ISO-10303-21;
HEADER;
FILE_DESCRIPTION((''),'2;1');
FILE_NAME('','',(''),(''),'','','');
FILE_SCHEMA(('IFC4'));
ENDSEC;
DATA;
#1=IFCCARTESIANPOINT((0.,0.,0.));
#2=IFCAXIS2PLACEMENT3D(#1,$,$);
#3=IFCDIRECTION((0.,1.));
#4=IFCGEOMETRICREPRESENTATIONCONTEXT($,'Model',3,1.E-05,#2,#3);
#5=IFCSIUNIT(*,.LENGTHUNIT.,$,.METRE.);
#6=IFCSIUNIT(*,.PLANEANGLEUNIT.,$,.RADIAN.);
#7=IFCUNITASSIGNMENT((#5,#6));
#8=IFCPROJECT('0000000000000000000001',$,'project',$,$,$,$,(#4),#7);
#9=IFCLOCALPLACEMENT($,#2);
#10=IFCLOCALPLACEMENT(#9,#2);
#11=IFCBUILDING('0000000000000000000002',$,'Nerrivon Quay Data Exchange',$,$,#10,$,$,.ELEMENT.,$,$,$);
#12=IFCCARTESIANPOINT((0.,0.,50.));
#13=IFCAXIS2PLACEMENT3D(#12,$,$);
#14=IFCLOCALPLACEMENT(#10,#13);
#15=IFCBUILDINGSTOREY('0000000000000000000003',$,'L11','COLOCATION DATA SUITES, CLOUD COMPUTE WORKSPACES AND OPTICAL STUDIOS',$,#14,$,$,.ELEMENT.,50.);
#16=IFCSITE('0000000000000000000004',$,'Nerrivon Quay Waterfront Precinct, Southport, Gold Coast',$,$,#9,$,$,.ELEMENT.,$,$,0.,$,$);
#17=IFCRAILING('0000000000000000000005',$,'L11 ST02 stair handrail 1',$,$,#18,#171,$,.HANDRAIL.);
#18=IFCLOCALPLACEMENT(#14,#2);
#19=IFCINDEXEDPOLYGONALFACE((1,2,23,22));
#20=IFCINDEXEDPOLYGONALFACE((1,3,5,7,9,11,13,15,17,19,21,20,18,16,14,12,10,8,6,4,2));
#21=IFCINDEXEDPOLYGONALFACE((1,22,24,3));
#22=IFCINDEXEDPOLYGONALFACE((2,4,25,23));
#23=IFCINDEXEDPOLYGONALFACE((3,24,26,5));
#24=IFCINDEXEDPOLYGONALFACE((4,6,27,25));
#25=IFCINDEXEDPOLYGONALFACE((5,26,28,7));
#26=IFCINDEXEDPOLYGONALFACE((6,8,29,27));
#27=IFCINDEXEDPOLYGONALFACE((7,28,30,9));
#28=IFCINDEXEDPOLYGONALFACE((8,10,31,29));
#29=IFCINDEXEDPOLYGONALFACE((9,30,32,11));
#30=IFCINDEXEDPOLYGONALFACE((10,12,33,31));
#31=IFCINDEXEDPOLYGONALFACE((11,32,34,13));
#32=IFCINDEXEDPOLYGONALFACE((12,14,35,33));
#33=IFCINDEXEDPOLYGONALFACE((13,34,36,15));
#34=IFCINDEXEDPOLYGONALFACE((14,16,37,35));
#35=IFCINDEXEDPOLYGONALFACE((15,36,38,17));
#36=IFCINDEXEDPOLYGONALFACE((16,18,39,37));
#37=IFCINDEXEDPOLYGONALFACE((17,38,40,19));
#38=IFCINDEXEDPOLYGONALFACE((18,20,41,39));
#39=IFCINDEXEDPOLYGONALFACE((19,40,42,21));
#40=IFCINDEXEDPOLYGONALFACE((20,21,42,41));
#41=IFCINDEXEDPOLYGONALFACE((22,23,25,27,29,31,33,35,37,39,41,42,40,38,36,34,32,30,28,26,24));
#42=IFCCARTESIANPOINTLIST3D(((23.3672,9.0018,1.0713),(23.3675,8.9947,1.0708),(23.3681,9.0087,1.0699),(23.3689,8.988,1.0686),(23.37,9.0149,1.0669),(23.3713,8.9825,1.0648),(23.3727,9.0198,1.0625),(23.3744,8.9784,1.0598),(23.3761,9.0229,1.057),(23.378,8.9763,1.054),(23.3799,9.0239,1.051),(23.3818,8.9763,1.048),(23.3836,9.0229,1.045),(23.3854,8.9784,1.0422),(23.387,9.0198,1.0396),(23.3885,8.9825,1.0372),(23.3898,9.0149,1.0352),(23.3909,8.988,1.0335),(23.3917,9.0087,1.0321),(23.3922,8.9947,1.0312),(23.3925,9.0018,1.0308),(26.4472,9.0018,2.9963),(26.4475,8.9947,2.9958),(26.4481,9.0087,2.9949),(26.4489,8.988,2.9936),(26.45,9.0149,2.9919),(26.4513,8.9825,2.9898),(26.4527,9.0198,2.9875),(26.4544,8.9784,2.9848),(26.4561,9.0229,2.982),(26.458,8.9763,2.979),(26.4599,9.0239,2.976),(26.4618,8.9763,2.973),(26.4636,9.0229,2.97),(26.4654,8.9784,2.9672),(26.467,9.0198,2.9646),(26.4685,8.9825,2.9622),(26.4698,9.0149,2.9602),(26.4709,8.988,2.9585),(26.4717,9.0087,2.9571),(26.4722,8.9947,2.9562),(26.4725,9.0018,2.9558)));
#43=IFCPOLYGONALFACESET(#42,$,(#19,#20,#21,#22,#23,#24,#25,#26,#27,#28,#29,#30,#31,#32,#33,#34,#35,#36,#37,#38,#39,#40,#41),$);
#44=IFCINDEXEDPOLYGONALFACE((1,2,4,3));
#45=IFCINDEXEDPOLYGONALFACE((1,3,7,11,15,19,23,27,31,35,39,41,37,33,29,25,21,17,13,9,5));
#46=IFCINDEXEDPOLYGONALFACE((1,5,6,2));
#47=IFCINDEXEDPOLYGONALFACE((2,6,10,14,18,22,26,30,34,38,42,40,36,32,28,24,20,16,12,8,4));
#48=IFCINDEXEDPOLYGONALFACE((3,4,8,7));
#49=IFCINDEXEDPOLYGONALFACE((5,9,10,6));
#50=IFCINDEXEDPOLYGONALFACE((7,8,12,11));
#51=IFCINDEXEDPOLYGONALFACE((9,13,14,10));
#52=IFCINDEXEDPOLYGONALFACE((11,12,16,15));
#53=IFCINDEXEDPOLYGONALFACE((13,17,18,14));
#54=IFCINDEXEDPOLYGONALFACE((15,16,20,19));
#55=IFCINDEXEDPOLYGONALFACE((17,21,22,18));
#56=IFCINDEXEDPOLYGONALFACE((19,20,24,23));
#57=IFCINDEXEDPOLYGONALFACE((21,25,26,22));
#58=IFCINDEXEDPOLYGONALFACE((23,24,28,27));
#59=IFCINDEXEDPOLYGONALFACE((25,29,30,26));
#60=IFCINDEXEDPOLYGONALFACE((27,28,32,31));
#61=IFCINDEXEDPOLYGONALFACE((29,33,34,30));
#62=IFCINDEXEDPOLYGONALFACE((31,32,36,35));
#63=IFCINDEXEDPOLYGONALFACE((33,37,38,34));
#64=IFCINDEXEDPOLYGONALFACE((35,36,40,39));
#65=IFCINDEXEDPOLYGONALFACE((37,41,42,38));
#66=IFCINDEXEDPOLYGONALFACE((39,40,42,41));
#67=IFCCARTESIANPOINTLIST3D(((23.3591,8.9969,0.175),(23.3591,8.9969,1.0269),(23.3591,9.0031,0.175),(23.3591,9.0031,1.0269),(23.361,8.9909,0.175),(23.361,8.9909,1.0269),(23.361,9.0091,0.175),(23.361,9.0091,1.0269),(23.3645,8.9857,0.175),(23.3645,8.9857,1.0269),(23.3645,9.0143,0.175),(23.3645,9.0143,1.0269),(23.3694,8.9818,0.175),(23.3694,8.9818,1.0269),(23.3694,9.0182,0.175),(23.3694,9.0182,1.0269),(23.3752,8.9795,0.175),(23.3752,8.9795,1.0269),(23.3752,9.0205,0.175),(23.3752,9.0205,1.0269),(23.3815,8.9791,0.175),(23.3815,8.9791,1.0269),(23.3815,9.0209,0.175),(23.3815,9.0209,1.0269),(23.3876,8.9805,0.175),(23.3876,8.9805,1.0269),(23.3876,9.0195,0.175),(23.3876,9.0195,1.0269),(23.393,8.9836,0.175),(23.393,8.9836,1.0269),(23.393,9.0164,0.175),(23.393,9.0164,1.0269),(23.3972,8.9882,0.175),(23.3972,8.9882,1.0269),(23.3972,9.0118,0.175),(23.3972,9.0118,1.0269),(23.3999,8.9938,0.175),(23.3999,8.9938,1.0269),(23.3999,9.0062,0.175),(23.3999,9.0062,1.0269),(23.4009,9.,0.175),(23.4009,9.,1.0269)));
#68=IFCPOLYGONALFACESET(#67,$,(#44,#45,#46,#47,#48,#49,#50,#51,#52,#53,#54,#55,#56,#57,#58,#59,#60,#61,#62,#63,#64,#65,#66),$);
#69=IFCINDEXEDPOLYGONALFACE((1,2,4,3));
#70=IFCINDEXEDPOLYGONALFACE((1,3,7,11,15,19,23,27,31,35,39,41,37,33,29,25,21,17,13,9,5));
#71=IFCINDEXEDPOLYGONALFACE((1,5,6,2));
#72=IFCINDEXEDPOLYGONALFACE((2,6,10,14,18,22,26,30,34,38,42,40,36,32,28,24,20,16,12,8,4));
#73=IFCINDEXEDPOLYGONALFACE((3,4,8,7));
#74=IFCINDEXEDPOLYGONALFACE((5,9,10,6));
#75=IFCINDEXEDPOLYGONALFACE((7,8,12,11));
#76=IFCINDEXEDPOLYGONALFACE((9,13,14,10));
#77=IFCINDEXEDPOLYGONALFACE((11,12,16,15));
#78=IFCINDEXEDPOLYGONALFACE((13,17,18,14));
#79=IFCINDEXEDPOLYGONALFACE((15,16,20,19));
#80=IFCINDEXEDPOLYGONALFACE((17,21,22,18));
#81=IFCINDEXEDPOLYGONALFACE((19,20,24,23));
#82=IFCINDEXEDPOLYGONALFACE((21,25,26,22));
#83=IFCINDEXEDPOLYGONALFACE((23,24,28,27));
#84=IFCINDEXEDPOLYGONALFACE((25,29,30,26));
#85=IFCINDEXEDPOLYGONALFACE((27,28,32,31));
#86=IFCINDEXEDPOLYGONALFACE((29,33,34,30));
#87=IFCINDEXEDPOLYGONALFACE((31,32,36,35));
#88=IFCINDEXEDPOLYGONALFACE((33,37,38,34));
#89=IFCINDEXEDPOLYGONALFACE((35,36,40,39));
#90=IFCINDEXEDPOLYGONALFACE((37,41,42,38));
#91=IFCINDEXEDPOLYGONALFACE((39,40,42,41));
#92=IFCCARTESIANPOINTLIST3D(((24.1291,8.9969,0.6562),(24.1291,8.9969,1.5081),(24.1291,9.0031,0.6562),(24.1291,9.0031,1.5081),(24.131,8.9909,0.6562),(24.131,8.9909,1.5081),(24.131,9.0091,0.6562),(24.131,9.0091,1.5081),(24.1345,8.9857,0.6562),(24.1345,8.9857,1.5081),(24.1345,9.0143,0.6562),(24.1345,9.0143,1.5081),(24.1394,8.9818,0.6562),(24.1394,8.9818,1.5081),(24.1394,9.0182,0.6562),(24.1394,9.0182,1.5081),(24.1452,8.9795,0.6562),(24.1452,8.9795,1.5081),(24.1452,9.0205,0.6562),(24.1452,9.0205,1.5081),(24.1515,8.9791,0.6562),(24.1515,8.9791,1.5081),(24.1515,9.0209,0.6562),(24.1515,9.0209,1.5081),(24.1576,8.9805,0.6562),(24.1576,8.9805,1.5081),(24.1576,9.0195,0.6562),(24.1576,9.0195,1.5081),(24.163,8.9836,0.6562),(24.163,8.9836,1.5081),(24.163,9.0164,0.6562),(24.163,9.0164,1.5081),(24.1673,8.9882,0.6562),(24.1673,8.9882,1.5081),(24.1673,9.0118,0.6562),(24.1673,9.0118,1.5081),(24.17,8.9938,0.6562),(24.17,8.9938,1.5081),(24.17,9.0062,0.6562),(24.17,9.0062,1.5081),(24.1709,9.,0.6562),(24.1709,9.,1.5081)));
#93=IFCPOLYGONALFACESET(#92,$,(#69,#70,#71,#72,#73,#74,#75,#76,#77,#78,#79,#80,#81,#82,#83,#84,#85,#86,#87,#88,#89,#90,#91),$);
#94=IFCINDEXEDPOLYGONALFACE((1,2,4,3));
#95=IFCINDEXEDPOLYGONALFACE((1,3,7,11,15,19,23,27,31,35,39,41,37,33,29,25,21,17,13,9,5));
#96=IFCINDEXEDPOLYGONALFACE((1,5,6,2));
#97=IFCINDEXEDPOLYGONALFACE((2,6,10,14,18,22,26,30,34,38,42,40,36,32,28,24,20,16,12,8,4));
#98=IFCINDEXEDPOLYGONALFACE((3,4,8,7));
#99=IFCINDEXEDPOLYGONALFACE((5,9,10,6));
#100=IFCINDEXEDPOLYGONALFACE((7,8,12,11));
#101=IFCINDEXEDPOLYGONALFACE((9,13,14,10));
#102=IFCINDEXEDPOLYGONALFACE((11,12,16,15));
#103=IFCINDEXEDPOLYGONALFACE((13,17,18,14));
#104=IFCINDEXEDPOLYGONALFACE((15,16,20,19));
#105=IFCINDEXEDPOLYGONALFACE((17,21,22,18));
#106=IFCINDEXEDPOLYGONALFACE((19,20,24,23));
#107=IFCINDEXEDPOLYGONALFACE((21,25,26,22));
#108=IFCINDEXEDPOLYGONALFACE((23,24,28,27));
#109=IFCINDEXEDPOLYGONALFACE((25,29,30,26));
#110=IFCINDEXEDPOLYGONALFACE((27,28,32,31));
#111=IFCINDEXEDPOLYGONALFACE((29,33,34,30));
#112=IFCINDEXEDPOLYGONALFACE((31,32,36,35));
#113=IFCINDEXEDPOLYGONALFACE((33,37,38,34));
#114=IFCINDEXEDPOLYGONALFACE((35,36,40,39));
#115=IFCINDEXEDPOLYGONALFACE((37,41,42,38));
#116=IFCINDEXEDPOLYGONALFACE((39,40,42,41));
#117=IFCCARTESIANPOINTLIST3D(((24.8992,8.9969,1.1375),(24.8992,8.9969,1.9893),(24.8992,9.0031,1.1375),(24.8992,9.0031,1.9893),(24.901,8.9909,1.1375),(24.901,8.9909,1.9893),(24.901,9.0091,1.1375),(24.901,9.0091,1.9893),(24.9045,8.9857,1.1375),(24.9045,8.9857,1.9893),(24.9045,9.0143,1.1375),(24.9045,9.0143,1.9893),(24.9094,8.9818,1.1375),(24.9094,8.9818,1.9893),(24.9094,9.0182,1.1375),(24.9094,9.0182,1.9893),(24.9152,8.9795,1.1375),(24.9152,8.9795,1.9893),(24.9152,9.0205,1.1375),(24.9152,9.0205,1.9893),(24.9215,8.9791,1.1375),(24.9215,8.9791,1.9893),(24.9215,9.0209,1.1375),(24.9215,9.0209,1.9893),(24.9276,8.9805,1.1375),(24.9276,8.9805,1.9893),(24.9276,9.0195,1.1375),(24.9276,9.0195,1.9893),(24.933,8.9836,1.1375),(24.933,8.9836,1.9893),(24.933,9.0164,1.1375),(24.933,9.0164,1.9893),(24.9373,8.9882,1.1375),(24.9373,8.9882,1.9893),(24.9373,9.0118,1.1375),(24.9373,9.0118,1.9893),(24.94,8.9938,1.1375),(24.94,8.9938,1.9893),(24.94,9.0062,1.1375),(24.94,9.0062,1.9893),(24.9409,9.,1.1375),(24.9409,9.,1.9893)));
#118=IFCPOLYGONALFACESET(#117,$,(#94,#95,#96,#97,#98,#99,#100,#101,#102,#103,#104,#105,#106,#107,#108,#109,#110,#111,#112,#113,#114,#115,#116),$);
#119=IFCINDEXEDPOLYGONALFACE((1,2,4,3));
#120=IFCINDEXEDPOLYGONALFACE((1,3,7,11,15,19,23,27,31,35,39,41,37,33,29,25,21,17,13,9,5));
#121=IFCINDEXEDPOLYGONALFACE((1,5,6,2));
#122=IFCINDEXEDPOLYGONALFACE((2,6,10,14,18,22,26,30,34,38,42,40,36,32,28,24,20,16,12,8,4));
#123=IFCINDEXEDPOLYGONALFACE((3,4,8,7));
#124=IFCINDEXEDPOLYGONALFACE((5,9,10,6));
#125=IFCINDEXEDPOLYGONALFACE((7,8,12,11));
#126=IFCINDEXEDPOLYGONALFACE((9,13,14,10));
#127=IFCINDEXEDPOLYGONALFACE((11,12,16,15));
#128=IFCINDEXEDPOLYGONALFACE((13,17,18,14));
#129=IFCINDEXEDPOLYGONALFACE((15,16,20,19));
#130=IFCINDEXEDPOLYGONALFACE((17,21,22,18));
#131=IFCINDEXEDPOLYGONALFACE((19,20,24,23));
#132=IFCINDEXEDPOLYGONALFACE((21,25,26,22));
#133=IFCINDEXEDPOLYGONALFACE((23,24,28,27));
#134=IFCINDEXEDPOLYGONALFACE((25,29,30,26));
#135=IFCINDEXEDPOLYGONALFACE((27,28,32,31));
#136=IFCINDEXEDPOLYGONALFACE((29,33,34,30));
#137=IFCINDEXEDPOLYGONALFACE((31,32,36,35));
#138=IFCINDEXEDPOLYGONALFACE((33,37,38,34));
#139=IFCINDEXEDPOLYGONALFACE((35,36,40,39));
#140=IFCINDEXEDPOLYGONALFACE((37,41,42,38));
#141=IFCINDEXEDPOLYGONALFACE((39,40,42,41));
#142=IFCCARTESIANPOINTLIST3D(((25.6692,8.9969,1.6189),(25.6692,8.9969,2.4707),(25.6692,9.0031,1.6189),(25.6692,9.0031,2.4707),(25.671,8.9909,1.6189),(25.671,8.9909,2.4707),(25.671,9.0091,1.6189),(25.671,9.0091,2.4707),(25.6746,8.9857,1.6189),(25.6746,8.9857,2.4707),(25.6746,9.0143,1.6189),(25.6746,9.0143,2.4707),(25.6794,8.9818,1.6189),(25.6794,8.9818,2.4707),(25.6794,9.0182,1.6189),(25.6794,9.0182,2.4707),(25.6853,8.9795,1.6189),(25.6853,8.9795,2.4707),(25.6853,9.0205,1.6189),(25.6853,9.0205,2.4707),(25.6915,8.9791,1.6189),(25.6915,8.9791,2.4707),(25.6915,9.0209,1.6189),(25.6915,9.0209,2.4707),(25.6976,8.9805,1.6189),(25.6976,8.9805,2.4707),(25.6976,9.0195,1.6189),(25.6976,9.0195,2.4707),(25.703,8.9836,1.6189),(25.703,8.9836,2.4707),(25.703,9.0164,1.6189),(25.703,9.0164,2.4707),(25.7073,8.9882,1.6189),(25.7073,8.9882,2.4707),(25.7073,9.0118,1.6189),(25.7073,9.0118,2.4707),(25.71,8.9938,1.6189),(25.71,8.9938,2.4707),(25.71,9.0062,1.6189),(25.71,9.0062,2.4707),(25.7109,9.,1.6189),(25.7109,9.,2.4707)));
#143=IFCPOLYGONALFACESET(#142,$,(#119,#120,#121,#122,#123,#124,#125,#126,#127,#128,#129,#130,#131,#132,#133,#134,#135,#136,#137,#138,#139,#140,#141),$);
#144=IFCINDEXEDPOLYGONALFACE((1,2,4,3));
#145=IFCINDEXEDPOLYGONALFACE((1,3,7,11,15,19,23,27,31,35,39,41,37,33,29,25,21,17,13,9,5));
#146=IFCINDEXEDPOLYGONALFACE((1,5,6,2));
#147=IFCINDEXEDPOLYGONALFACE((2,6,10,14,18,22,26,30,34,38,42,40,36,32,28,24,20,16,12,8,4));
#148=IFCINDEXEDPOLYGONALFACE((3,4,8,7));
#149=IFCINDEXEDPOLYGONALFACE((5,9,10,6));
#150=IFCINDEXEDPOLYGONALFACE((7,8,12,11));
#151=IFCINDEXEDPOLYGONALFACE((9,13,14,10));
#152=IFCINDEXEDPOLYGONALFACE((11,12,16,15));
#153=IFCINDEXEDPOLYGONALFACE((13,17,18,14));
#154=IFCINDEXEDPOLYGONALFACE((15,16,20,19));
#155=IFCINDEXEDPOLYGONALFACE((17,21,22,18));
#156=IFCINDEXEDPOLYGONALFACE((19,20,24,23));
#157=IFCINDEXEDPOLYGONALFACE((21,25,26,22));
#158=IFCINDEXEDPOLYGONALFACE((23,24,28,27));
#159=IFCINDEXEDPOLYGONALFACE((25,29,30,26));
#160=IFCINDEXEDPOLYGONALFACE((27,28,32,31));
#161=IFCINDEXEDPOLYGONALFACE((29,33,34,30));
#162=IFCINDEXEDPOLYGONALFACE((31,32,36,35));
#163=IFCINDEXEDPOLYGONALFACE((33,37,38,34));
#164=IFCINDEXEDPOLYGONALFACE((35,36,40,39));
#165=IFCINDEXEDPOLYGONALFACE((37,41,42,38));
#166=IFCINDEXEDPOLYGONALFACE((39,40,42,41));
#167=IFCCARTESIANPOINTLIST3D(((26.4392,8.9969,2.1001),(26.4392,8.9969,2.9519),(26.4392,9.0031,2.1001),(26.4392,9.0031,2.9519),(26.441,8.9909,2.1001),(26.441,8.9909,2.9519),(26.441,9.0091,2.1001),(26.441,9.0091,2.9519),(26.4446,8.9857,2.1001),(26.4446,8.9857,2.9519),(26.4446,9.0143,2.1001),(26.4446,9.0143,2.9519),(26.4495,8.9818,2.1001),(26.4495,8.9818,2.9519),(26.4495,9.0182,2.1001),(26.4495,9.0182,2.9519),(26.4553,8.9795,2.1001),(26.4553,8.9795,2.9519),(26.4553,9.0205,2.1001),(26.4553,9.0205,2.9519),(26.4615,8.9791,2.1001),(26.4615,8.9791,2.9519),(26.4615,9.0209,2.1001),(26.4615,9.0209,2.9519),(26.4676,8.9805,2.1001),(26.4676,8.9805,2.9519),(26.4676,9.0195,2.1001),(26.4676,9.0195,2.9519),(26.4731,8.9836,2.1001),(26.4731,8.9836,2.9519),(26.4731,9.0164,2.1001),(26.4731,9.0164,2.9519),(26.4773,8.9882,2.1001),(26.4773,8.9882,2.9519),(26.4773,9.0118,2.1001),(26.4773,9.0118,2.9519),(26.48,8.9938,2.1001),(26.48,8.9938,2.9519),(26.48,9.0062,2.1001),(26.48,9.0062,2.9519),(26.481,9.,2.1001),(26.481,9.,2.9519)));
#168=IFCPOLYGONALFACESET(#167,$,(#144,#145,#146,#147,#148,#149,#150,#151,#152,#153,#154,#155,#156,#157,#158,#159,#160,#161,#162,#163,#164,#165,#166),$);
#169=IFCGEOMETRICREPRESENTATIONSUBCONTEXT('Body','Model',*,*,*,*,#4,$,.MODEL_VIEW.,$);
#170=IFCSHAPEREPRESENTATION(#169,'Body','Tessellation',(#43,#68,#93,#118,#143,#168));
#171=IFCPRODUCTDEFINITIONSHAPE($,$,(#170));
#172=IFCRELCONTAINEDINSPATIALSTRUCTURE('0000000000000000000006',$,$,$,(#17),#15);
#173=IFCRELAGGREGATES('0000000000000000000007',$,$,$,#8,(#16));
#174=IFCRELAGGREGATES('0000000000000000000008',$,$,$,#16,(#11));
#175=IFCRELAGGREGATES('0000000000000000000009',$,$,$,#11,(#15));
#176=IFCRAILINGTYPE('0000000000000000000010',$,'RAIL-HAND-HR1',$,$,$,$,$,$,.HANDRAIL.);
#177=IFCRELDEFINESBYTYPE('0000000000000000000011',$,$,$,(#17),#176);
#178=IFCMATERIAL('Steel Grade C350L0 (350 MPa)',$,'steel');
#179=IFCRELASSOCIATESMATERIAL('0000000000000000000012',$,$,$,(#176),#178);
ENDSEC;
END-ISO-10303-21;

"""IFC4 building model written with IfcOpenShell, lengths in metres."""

from ifc_helpers import new_model, si_unit, direction, frame, origin, origin_2d, place, context, subcontext, project, spatial, circle, extrude, material, type_object, element, save


model = new_model("IFC4")

# Units and contexts
model_context = context("Model", 3, precision=1e-05, world=origin(), true_north=direction((0.0, 1.0)))
body_context = subcontext(model_context, "Body", "Model", "MODEL_VIEW")
ifc_project = project(units=[si_unit("LENGTHUNIT", "METRE"), si_unit("PLANEANGLEUNIT", "RADIAN")], contexts=[model_context])

# Site, building, storey
site_placement = place(None, origin())
site = spatial("IfcSite", under=ifc_project, at=site_placement, Name="Nerrivon Quay Waterfront Precinct, Southport, Gold Coast", CompositionType="ELEMENT", RefElevation=0.0)
building_placement = place(site_placement, origin())
building = spatial("IfcBuilding", under=site, at=building_placement, Name="Nerrivon Quay Data Exchange", CompositionType="ELEMENT")
storey_placement = place(building_placement, frame((0.0, 0.0, 50.0)))
storey = spatial("IfcBuildingStorey", under=building, at=storey_placement, Name="L11", Description="COLOCATION DATA SUITES, CLOUD COMPUTE WORKSPACES AND OPTICAL STUDIOS", CompositionType="ELEMENT", Elevation=50.0)

# Railing
ifc_material_1 = material(Name="Steel Grade C350L0 (350 MPa)", Category="steel")
railing_type_1 = type_object("IfcRailingType", Name="RAIL-HAND-HR1", PredefinedType="HANDRAIL", material=ifc_material_1)
railing_1_placement = place(storey_placement, frame((23.3799, 9.0, 0.175)))
element("IfcRailing", 1, at=railing_1_placement, inside=storey, type_object=railing_type_1, Name="L11 ST02 stair handrail 1", PredefinedType="HANDRAIL", context=body_context, shape_type="SweptSolid", body=[
    extrude(circle(Radius=0.0239, at=origin_2d()), frame((0.0, 0.0, 0.876), z_axis=(0.847998, 0.0, 0.529999), x_axis=(0.0, 1.0, 0.0)), (0.0, 0.0, 1.0), 3.6321),
    extrude(circle(Radius=0.021, at=origin_2d()), origin(), (0.0, 0.0, 1.0), 0.8518),
    extrude(circle(Radius=0.021, at=origin_2d()), frame((0.77, 0.0, 0.4812)), (0.0, 0.0, 1.0), 0.8518),
    extrude(circle(Radius=0.021, at=origin_2d()), frame((1.54, 0.0, 0.9624)), (0.0, 0.0, 1.0), 0.8518),
    extrude(circle(Radius=0.021, at=origin_2d()), frame((2.3101, 0.0, 1.4438)), (0.0, 0.0, 1.0), 0.8518),
    extrude(circle(Radius=0.021, at=origin_2d()), frame((3.0801, 0.0, 1.925)), (0.0, 0.0, 1.0), 0.8518),
])

save(model, "model.ifc")
